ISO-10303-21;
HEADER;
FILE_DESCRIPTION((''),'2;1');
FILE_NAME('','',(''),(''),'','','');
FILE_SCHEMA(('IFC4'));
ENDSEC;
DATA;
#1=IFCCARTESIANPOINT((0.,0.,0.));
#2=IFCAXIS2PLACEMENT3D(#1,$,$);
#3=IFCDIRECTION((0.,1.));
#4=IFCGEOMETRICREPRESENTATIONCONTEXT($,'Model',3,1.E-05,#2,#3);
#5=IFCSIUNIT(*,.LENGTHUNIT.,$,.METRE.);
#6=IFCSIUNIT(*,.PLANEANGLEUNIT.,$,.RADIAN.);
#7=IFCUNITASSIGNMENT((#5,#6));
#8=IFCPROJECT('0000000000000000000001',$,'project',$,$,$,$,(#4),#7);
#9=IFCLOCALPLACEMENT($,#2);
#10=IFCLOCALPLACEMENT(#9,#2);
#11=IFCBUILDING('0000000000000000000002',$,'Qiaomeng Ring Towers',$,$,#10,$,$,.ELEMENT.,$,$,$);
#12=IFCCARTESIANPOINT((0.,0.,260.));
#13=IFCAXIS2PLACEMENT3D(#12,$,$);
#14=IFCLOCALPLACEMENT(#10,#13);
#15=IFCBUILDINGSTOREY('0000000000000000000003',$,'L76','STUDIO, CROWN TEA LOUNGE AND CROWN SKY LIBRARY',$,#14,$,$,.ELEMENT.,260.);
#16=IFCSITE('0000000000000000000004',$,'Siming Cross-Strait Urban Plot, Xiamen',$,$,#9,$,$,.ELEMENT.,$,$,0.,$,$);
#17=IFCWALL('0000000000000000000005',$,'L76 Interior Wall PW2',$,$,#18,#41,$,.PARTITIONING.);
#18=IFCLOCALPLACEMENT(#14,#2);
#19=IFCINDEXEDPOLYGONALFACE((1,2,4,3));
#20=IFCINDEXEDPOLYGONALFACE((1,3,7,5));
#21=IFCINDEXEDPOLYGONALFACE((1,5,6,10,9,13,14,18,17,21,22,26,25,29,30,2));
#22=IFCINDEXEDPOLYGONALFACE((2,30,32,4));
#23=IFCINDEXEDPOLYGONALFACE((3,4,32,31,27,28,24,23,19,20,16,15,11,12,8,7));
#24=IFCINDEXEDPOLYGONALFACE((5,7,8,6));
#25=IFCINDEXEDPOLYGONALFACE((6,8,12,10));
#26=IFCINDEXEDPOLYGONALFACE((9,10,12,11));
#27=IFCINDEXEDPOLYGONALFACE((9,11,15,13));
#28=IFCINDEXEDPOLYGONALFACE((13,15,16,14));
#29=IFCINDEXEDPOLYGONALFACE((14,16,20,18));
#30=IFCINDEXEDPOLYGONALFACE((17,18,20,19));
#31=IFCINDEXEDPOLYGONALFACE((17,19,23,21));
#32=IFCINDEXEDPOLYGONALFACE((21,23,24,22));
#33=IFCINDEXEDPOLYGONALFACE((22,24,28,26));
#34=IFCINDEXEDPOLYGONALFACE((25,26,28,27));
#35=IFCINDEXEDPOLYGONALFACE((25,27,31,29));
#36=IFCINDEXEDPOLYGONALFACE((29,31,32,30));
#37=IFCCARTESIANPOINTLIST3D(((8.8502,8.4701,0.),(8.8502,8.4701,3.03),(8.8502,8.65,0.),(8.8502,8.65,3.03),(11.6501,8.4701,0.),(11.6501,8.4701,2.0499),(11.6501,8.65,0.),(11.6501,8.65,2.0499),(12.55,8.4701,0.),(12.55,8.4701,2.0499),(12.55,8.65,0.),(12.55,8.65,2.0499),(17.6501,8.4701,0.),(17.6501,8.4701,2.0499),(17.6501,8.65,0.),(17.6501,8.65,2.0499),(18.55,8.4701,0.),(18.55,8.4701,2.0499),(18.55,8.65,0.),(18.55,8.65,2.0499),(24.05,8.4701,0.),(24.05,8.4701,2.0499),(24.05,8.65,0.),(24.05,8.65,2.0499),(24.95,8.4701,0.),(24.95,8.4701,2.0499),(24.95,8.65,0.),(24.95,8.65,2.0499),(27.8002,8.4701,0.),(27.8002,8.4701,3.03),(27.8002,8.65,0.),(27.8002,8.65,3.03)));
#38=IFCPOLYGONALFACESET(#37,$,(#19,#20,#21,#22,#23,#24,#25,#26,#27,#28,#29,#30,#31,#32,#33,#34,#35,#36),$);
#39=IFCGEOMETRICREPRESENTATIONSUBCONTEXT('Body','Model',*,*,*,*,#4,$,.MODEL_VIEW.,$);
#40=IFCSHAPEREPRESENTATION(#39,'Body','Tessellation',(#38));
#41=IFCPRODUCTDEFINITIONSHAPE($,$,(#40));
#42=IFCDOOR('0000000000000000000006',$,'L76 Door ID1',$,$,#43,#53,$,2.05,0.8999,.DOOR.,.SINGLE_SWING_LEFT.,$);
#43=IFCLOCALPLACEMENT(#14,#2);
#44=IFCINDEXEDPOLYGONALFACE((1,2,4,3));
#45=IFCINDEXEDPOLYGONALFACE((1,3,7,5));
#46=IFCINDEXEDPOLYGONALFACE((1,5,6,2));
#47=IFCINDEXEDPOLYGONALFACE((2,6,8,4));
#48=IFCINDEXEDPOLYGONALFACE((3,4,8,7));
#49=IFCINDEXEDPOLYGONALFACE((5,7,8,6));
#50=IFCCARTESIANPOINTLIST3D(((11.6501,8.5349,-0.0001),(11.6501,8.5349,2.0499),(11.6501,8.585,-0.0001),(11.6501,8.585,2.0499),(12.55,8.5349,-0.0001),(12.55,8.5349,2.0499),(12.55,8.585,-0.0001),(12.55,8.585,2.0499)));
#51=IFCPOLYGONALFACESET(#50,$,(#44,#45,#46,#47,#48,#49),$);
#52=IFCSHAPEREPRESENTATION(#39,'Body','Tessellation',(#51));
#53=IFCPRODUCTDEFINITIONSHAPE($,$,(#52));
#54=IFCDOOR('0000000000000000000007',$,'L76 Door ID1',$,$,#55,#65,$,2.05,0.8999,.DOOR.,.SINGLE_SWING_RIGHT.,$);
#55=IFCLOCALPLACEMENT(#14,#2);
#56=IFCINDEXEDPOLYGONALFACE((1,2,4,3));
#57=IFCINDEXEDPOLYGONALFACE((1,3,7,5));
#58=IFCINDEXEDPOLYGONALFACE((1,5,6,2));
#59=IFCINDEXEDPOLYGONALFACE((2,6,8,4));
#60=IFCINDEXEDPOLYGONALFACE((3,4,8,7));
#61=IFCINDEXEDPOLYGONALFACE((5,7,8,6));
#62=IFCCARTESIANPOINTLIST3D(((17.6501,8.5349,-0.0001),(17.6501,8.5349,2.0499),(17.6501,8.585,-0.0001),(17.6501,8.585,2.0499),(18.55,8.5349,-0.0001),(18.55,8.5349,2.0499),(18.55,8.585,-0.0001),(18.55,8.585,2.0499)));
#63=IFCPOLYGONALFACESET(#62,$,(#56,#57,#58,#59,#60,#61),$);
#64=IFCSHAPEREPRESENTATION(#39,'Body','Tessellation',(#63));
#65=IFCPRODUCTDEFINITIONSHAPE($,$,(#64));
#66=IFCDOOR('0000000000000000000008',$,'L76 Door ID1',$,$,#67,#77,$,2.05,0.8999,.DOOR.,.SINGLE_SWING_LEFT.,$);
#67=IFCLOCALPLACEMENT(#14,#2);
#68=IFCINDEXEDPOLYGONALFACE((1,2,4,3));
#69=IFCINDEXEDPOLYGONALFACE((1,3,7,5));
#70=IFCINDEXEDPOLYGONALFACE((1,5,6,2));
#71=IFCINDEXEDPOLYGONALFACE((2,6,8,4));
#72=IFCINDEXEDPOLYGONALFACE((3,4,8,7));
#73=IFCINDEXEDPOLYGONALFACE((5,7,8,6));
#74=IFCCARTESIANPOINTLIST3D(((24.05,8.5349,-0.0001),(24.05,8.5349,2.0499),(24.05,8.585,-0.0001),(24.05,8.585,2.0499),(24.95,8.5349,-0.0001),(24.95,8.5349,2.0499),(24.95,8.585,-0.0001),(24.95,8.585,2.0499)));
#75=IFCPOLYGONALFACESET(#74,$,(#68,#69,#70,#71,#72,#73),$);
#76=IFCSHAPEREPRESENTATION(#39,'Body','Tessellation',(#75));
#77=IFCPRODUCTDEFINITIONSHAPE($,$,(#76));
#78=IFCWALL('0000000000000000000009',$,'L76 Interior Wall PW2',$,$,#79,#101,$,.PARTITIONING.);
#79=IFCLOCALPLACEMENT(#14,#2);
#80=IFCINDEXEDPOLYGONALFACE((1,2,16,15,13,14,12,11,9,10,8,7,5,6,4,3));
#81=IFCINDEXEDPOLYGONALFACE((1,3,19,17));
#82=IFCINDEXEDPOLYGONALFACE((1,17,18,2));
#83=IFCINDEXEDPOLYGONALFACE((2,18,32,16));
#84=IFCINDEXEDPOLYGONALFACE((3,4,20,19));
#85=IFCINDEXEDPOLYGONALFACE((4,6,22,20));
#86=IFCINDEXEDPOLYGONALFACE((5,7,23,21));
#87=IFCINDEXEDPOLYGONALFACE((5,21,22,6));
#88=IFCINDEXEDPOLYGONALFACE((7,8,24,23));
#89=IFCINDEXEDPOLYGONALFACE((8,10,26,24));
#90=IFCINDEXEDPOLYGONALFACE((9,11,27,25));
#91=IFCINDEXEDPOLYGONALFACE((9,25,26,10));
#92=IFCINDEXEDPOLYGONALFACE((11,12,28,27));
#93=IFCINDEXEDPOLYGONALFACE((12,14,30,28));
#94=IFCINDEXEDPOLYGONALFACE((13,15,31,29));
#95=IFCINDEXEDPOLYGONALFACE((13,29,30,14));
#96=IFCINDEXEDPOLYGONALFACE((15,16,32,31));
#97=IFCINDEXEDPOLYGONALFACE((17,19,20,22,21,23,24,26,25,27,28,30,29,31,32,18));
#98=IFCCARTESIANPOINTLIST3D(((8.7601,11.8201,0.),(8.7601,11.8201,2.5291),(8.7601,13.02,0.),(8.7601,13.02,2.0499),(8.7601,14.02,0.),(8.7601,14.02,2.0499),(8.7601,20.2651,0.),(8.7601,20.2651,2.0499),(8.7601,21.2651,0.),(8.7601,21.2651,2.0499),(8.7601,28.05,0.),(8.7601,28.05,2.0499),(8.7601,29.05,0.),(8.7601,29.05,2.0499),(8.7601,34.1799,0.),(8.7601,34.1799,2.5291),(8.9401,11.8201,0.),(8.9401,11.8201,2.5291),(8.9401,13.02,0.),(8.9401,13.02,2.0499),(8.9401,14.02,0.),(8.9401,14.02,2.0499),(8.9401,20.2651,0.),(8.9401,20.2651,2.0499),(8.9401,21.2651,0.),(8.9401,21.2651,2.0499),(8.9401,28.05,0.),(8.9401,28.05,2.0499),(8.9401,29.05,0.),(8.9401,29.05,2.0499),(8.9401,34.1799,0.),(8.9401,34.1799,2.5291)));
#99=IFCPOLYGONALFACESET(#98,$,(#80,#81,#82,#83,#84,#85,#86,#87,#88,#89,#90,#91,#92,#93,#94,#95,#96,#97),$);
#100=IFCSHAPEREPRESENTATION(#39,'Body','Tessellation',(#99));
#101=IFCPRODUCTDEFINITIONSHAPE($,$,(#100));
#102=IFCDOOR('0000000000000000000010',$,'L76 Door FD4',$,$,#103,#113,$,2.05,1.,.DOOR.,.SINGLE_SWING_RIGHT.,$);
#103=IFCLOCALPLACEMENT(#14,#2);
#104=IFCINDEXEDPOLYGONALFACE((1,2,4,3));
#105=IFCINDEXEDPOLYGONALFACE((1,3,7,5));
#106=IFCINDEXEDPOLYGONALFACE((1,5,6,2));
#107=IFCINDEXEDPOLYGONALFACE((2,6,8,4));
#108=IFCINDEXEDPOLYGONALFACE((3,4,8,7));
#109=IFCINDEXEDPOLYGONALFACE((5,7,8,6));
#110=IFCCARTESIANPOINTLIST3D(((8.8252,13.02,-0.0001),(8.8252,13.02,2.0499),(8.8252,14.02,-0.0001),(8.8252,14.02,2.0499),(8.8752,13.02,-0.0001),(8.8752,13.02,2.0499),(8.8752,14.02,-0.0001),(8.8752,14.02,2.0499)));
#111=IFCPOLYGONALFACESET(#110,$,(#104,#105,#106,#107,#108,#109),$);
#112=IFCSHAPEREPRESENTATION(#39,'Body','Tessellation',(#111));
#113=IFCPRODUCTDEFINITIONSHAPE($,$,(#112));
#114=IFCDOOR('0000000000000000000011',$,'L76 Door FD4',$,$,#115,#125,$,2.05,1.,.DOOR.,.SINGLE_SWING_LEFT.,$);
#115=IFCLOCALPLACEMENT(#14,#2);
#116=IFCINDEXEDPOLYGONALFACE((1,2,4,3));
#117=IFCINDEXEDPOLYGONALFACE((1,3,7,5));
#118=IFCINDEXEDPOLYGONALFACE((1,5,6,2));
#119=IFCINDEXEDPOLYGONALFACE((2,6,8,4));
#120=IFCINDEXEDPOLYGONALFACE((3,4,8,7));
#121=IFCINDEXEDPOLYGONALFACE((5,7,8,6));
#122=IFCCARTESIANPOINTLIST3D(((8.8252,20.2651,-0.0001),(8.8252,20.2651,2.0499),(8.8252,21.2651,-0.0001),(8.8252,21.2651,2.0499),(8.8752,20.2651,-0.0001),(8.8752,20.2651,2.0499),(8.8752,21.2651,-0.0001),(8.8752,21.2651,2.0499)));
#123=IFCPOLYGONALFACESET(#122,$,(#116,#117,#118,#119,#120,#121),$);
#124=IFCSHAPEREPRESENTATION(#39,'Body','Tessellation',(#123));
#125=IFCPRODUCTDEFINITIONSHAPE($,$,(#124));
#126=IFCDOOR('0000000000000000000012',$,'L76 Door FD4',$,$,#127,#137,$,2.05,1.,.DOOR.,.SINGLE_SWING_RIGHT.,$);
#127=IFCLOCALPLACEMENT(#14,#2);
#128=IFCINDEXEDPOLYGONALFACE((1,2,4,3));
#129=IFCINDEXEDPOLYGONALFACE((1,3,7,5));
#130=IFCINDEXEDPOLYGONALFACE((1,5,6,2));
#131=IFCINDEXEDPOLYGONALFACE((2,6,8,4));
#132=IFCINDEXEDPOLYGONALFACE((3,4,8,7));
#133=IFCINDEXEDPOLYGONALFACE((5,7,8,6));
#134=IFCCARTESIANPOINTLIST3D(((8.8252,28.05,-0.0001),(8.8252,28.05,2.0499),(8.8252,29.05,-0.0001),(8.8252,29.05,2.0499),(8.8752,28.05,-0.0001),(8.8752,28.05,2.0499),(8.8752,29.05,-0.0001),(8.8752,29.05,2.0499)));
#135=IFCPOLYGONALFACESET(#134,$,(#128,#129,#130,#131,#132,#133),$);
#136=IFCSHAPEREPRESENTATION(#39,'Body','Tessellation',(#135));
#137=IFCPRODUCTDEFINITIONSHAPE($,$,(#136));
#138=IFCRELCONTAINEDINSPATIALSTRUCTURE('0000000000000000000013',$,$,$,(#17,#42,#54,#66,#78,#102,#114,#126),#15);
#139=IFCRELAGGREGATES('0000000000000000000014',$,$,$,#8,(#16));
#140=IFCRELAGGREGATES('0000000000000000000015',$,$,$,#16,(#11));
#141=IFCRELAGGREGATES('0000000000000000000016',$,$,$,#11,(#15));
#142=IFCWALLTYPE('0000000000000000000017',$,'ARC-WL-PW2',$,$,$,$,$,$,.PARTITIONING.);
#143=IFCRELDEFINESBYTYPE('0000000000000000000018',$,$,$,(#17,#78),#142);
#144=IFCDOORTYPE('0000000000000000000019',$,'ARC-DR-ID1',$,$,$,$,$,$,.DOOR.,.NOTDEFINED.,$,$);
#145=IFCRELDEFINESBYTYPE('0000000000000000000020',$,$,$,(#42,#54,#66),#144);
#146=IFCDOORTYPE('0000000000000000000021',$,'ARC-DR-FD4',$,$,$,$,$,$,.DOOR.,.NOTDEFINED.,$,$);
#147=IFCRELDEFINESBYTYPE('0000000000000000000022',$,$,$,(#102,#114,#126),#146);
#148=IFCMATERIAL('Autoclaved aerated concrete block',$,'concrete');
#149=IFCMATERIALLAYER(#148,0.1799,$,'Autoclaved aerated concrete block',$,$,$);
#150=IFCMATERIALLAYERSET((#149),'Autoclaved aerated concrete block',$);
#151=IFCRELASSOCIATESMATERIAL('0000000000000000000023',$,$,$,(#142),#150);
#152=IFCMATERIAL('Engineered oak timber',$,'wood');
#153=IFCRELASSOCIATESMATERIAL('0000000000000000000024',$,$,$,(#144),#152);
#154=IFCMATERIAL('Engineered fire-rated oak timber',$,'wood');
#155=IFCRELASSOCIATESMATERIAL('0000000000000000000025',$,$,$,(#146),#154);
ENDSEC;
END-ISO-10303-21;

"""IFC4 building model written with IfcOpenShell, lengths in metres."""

from ifc_helpers import new_model, si_unit, direction, frame, frame_2d, origin, place, context, subcontext, project, spatial, rectangle, extrude, source, transform, mapped, material, layer, layer_set, type_object, element, fill, save


model = new_model("IFC4")

# Units and contexts
model_context = context("Model", 3, precision=1e-05, world=origin(), true_north=direction((0.0, 1.0)))
body_context = subcontext(model_context, "Body", "Model", "MODEL_VIEW")
ifc_project = project(units=[si_unit("LENGTHUNIT", "METRE"), si_unit("PLANEANGLEUNIT", "RADIAN")], contexts=[model_context])

# Site, building, storey
site_placement = place(None, origin())
site = spatial("IfcSite", under=ifc_project, at=site_placement, Name="Siming Cross-Strait Urban Plot, Xiamen", CompositionType="ELEMENT", RefElevation=0.0)
building_placement = place(site_placement, origin())
building = spatial("IfcBuilding", under=site, at=building_placement, Name="Qiaomeng Ring Towers", CompositionType="ELEMENT")
storey_placement = place(building_placement, frame((0.0, 0.0, 260.0)))
storey = spatial("IfcBuildingStorey", under=building, at=storey_placement, Name="L76", Description="STUDIO, CROWN TEA LOUNGE AND CROWN SKY LIBRARY", CompositionType="ELEMENT", Elevation=260.0)

# Shared definitions
ifc_material_1 = material(Name="Autoclaved aerated concrete block", Category="concrete")
ifc_layer_1 = layer(ifc_material_1, 0.1799, Name="Autoclaved aerated concrete block")
ifc_layer_set_1 = layer_set([ifc_layer_1], Name="Autoclaved aerated concrete block")
wall_type_1 = type_object("IfcWallType", Name="ARC-WL-PW2", PredefinedType="PARTITIONING", material=ifc_layer_set_1)

# Walls, openings, doors
wall_1_placement = place(storey_placement, frame((8.8501, 8.5601, 0.0), z_axis=(0.0, 0.0, 1.0), x_axis=(1.0, 0.0, 0.0)))
wall_1 = element("IfcWall", 1, at=wall_1_placement, inside=storey, type_object=wall_type_1, Name="L76 Interior Wall PW2", PredefinedType="PARTITIONING", context=body_context, shape_type="SweptSolid", body=[
    extrude(rectangle(XDim=18.95, YDim=0.1799, at=frame_2d((9.4751, 0.0))), origin(), (0.0, 0.0, 1.0), 3.03),
])
opening_1_placement = place(wall_1_placement, frame((2.8, 0.0, 0.0)))
opening_1 = element("IfcOpeningElement", 2, at=opening_1_placement, cuts=wall_1, PredefinedType="OPENING", context=body_context, shape_type="SweptSolid", body=[
    extrude(rectangle(XDim=0.8999, YDim=2.05, at=frame_2d((0.45, 1.0249))), frame((0.0, 0.0999, 0.0), z_axis=(0.0, -1.0, 0.0), x_axis=(1.0, 0.0, 0.0)), (0.0, 0.0, 1.0), 0.2),
])
opening_2_placement = place(wall_1_placement, frame((8.8, 0.0, 0.0)))
opening_2 = element("IfcOpeningElement", 3, at=opening_2_placement, cuts=wall_1, PredefinedType="OPENING", context=body_context, shape_type="SweptSolid", body=[
    extrude(rectangle(XDim=0.8999, YDim=2.05, at=frame_2d((0.45, 1.0249))), frame((0.0, 0.0999, 0.0), z_axis=(0.0, -1.0, 0.0), x_axis=(1.0, 0.0, 0.0)), (0.0, 0.0, 1.0), 0.2),
])
opening_3_placement = place(wall_1_placement, frame((15.2, 0.0, 0.0)))
opening_3 = element("IfcOpeningElement", 4, at=opening_3_placement, cuts=wall_1, PredefinedType="OPENING", context=body_context, shape_type="SweptSolid", body=[
    extrude(rectangle(XDim=0.8999, YDim=2.05, at=frame_2d((0.45, 1.0249))), frame((0.0, 0.0999, 0.0), z_axis=(0.0, -1.0, 0.0), x_axis=(1.0, 0.0, 0.0)), (0.0, 0.0, 1.0), 0.2),
])
ifc_material_2 = material(Name="Engineered oak timber", Category="wood")
door_type_1 = type_object("IfcDoorType", Name="ARC-DR-ID1", OperationType="NOTDEFINED", PredefinedType="DOOR", material=ifc_material_2)
shared_shape_1 = source(origin(), body_context, "Body", "SweptSolid", [
    extrude(rectangle(XDim=0.8999, YDim=2.05, at=frame_2d((0.45, 1.0249))), frame((0.0, 0.0249, 0.0), z_axis=(0.0, -1.0, 0.0), x_axis=(1.0, 0.0, 0.0)), (0.0, 0.0, 1.0), 0.05),
])
door_1_placement = place(opening_1_placement, origin())
door_1 = element("IfcDoor", 5, at=door_1_placement, inside=storey, type_object=door_type_1, Name="L76 Door ID1", OperationType="SINGLE_SWING_LEFT", OverallHeight=2.05, OverallWidth=0.8999, PredefinedType="DOOR", context=body_context, shape_type="MappedRepresentation", body=[
    mapped(shared_shape_1, transform((0.0, 0.0, 0.0), x_axis=(1.0, 0.0, 0.0), y_axis=(0.0, 1.0, 0.0), z_axis=(0.0, 0.0, 1.0), scale=1.0)),
])
fill(opening_1, door_1)
door_2_placement = place(opening_2_placement, origin())
door_2 = element("IfcDoor", 6, at=door_2_placement, inside=storey, type_object=door_type_1, Name="L76 Door ID1", OperationType="SINGLE_SWING_RIGHT", OverallHeight=2.05, OverallWidth=0.8999, PredefinedType="DOOR", context=body_context, shape_type="MappedRepresentation", body=[
    mapped(shared_shape_1, transform((0.0, 0.0, 0.0), x_axis=(1.0, 0.0, 0.0), y_axis=(0.0, 1.0, 0.0), z_axis=(0.0, 0.0, 1.0), scale=1.0)),
])
fill(opening_2, door_2)
door_3_placement = place(opening_3_placement, origin())
door_3 = element("IfcDoor", 7, at=door_3_placement, inside=storey, type_object=door_type_1, Name="L76 Door ID1", OperationType="SINGLE_SWING_LEFT", OverallHeight=2.05, OverallWidth=0.8999, PredefinedType="DOOR", context=body_context, shape_type="MappedRepresentation", body=[
    mapped(shared_shape_1, transform((0.0, 0.0, 0.0), x_axis=(1.0, 0.0, 0.0), y_axis=(0.0, 1.0, 0.0), z_axis=(0.0, 0.0, 1.0), scale=1.0)),
])
fill(opening_3, door_3)
wall_2_placement = place(storey_placement, frame((8.8501, 11.8201, 0.0), z_axis=(0.0, 0.0, 1.0), x_axis=(0.0, 1.0, 0.0)))
wall_2 = element("IfcWall", 8, at=wall_2_placement, inside=storey, type_object=wall_type_1, Name="L76 Interior Wall PW2", PredefinedType="PARTITIONING", context=body_context, shape_type="SweptSolid", body=[
    extrude(rectangle(XDim=22.3599, YDim=0.1799, at=frame_2d((11.1799, 0.0))), origin(), (0.0, 0.0, 1.0), 2.5291),
])
opening_4_placement = place(wall_2_placement, frame((1.2, 0.0, 0.0)))
opening_4 = element("IfcOpeningElement", 9, at=opening_4_placement, cuts=wall_2, PredefinedType="OPENING", context=body_context, shape_type="SweptSolid", body=[
    extrude(rectangle(XDim=1.0, YDim=2.05, at=frame_2d((0.5, 1.0249))), frame((0.0, 0.0999, 0.0), z_axis=(0.0, -1.0, 0.0), x_axis=(1.0, 0.0, 0.0)), (0.0, 0.0, 1.0), 0.2),
])
opening_5_placement = place(wall_2_placement, frame((8.4451, 0.0, 0.0)))
opening_5 = element("IfcOpeningElement", 10, at=opening_5_placement, cuts=wall_2, PredefinedType="OPENING", context=body_context, shape_type="SweptSolid", body=[
    extrude(rectangle(XDim=1.0, YDim=2.05, at=frame_2d((0.5, 1.0249))), frame((0.0, 0.0999, 0.0), z_axis=(0.0, -1.0, 0.0), x_axis=(1.0, 0.0, 0.0)), (0.0, 0.0, 1.0), 0.2),
])
opening_6_placement = place(wall_2_placement, frame((16.23, 0.0, 0.0)))
opening_6 = element("IfcOpeningElement", 11, at=opening_6_placement, cuts=wall_2, PredefinedType="OPENING", context=body_context, shape_type="SweptSolid", body=[
    extrude(rectangle(XDim=1.0, YDim=2.05, at=frame_2d((0.5, 1.0249))), frame((0.0, 0.0999, 0.0), z_axis=(0.0, -1.0, 0.0), x_axis=(1.0, 0.0, 0.0)), (0.0, 0.0, 1.0), 0.2),
])
ifc_material_3 = material(Name="Engineered fire-rated oak timber", Category="wood")
door_type_2 = type_object("IfcDoorType", Name="ARC-DR-FD4", OperationType="NOTDEFINED", PredefinedType="DOOR", material=ifc_material_3)
shared_shape_2 = source(origin(), body_context, "Body", "SweptSolid", [
    extrude(rectangle(XDim=1.0, YDim=2.05, at=frame_2d((0.5, 1.0249))), frame((0.0, 0.0249, 0.0), z_axis=(0.0, -1.0, 0.0), x_axis=(1.0, 0.0, 0.0)), (0.0, 0.0, 1.0), 0.05),
])
door_4_placement = place(opening_4_placement, origin())
door_4 = element("IfcDoor", 12, at=door_4_placement, inside=storey, type_object=door_type_2, Name="L76 Door FD4", OperationType="SINGLE_SWING_RIGHT", OverallHeight=2.05, OverallWidth=1.0, PredefinedType="DOOR", context=body_context, shape_type="MappedRepresentation", body=[
    mapped(shared_shape_2, transform((0.0, 0.0, 0.0), x_axis=(1.0, 0.0, 0.0), y_axis=(0.0, 1.0, 0.0), z_axis=(0.0, 0.0, 1.0), scale=1.0)),
])
fill(opening_4, door_4)
door_5_placement = place(opening_5_placement, origin())
door_5 = element("IfcDoor", 13, at=door_5_placement, inside=storey, type_object=door_type_2, Name="L76 Door FD4", OperationType="SINGLE_SWING_LEFT", OverallHeight=2.05, OverallWidth=1.0, PredefinedType="DOOR", context=body_context, shape_type="MappedRepresentation", body=[
    mapped(shared_shape_2, transform((0.0, 0.0, 0.0), x_axis=(1.0, 0.0, 0.0), y_axis=(0.0, 1.0, 0.0), z_axis=(0.0, 0.0, 1.0), scale=1.0)),
])
fill(opening_5, door_5)
door_6_placement = place(opening_6_placement, origin())
door_6 = element("IfcDoor", 14, at=door_6_placement, inside=storey, type_object=door_type_2, Name="L76 Door FD4", OperationType="SINGLE_SWING_RIGHT", OverallHeight=2.05, OverallWidth=1.0, PredefinedType="DOOR", context=body_context, shape_type="MappedRepresentation", body=[
    mapped(shared_shape_2, transform((0.0, 0.0, 0.0), x_axis=(1.0, 0.0, 0.0), y_axis=(0.0, 1.0, 0.0), z_axis=(0.0, 0.0, 1.0), scale=1.0)),
])
fill(opening_6, door_6)

save(model, "model.ifc")
